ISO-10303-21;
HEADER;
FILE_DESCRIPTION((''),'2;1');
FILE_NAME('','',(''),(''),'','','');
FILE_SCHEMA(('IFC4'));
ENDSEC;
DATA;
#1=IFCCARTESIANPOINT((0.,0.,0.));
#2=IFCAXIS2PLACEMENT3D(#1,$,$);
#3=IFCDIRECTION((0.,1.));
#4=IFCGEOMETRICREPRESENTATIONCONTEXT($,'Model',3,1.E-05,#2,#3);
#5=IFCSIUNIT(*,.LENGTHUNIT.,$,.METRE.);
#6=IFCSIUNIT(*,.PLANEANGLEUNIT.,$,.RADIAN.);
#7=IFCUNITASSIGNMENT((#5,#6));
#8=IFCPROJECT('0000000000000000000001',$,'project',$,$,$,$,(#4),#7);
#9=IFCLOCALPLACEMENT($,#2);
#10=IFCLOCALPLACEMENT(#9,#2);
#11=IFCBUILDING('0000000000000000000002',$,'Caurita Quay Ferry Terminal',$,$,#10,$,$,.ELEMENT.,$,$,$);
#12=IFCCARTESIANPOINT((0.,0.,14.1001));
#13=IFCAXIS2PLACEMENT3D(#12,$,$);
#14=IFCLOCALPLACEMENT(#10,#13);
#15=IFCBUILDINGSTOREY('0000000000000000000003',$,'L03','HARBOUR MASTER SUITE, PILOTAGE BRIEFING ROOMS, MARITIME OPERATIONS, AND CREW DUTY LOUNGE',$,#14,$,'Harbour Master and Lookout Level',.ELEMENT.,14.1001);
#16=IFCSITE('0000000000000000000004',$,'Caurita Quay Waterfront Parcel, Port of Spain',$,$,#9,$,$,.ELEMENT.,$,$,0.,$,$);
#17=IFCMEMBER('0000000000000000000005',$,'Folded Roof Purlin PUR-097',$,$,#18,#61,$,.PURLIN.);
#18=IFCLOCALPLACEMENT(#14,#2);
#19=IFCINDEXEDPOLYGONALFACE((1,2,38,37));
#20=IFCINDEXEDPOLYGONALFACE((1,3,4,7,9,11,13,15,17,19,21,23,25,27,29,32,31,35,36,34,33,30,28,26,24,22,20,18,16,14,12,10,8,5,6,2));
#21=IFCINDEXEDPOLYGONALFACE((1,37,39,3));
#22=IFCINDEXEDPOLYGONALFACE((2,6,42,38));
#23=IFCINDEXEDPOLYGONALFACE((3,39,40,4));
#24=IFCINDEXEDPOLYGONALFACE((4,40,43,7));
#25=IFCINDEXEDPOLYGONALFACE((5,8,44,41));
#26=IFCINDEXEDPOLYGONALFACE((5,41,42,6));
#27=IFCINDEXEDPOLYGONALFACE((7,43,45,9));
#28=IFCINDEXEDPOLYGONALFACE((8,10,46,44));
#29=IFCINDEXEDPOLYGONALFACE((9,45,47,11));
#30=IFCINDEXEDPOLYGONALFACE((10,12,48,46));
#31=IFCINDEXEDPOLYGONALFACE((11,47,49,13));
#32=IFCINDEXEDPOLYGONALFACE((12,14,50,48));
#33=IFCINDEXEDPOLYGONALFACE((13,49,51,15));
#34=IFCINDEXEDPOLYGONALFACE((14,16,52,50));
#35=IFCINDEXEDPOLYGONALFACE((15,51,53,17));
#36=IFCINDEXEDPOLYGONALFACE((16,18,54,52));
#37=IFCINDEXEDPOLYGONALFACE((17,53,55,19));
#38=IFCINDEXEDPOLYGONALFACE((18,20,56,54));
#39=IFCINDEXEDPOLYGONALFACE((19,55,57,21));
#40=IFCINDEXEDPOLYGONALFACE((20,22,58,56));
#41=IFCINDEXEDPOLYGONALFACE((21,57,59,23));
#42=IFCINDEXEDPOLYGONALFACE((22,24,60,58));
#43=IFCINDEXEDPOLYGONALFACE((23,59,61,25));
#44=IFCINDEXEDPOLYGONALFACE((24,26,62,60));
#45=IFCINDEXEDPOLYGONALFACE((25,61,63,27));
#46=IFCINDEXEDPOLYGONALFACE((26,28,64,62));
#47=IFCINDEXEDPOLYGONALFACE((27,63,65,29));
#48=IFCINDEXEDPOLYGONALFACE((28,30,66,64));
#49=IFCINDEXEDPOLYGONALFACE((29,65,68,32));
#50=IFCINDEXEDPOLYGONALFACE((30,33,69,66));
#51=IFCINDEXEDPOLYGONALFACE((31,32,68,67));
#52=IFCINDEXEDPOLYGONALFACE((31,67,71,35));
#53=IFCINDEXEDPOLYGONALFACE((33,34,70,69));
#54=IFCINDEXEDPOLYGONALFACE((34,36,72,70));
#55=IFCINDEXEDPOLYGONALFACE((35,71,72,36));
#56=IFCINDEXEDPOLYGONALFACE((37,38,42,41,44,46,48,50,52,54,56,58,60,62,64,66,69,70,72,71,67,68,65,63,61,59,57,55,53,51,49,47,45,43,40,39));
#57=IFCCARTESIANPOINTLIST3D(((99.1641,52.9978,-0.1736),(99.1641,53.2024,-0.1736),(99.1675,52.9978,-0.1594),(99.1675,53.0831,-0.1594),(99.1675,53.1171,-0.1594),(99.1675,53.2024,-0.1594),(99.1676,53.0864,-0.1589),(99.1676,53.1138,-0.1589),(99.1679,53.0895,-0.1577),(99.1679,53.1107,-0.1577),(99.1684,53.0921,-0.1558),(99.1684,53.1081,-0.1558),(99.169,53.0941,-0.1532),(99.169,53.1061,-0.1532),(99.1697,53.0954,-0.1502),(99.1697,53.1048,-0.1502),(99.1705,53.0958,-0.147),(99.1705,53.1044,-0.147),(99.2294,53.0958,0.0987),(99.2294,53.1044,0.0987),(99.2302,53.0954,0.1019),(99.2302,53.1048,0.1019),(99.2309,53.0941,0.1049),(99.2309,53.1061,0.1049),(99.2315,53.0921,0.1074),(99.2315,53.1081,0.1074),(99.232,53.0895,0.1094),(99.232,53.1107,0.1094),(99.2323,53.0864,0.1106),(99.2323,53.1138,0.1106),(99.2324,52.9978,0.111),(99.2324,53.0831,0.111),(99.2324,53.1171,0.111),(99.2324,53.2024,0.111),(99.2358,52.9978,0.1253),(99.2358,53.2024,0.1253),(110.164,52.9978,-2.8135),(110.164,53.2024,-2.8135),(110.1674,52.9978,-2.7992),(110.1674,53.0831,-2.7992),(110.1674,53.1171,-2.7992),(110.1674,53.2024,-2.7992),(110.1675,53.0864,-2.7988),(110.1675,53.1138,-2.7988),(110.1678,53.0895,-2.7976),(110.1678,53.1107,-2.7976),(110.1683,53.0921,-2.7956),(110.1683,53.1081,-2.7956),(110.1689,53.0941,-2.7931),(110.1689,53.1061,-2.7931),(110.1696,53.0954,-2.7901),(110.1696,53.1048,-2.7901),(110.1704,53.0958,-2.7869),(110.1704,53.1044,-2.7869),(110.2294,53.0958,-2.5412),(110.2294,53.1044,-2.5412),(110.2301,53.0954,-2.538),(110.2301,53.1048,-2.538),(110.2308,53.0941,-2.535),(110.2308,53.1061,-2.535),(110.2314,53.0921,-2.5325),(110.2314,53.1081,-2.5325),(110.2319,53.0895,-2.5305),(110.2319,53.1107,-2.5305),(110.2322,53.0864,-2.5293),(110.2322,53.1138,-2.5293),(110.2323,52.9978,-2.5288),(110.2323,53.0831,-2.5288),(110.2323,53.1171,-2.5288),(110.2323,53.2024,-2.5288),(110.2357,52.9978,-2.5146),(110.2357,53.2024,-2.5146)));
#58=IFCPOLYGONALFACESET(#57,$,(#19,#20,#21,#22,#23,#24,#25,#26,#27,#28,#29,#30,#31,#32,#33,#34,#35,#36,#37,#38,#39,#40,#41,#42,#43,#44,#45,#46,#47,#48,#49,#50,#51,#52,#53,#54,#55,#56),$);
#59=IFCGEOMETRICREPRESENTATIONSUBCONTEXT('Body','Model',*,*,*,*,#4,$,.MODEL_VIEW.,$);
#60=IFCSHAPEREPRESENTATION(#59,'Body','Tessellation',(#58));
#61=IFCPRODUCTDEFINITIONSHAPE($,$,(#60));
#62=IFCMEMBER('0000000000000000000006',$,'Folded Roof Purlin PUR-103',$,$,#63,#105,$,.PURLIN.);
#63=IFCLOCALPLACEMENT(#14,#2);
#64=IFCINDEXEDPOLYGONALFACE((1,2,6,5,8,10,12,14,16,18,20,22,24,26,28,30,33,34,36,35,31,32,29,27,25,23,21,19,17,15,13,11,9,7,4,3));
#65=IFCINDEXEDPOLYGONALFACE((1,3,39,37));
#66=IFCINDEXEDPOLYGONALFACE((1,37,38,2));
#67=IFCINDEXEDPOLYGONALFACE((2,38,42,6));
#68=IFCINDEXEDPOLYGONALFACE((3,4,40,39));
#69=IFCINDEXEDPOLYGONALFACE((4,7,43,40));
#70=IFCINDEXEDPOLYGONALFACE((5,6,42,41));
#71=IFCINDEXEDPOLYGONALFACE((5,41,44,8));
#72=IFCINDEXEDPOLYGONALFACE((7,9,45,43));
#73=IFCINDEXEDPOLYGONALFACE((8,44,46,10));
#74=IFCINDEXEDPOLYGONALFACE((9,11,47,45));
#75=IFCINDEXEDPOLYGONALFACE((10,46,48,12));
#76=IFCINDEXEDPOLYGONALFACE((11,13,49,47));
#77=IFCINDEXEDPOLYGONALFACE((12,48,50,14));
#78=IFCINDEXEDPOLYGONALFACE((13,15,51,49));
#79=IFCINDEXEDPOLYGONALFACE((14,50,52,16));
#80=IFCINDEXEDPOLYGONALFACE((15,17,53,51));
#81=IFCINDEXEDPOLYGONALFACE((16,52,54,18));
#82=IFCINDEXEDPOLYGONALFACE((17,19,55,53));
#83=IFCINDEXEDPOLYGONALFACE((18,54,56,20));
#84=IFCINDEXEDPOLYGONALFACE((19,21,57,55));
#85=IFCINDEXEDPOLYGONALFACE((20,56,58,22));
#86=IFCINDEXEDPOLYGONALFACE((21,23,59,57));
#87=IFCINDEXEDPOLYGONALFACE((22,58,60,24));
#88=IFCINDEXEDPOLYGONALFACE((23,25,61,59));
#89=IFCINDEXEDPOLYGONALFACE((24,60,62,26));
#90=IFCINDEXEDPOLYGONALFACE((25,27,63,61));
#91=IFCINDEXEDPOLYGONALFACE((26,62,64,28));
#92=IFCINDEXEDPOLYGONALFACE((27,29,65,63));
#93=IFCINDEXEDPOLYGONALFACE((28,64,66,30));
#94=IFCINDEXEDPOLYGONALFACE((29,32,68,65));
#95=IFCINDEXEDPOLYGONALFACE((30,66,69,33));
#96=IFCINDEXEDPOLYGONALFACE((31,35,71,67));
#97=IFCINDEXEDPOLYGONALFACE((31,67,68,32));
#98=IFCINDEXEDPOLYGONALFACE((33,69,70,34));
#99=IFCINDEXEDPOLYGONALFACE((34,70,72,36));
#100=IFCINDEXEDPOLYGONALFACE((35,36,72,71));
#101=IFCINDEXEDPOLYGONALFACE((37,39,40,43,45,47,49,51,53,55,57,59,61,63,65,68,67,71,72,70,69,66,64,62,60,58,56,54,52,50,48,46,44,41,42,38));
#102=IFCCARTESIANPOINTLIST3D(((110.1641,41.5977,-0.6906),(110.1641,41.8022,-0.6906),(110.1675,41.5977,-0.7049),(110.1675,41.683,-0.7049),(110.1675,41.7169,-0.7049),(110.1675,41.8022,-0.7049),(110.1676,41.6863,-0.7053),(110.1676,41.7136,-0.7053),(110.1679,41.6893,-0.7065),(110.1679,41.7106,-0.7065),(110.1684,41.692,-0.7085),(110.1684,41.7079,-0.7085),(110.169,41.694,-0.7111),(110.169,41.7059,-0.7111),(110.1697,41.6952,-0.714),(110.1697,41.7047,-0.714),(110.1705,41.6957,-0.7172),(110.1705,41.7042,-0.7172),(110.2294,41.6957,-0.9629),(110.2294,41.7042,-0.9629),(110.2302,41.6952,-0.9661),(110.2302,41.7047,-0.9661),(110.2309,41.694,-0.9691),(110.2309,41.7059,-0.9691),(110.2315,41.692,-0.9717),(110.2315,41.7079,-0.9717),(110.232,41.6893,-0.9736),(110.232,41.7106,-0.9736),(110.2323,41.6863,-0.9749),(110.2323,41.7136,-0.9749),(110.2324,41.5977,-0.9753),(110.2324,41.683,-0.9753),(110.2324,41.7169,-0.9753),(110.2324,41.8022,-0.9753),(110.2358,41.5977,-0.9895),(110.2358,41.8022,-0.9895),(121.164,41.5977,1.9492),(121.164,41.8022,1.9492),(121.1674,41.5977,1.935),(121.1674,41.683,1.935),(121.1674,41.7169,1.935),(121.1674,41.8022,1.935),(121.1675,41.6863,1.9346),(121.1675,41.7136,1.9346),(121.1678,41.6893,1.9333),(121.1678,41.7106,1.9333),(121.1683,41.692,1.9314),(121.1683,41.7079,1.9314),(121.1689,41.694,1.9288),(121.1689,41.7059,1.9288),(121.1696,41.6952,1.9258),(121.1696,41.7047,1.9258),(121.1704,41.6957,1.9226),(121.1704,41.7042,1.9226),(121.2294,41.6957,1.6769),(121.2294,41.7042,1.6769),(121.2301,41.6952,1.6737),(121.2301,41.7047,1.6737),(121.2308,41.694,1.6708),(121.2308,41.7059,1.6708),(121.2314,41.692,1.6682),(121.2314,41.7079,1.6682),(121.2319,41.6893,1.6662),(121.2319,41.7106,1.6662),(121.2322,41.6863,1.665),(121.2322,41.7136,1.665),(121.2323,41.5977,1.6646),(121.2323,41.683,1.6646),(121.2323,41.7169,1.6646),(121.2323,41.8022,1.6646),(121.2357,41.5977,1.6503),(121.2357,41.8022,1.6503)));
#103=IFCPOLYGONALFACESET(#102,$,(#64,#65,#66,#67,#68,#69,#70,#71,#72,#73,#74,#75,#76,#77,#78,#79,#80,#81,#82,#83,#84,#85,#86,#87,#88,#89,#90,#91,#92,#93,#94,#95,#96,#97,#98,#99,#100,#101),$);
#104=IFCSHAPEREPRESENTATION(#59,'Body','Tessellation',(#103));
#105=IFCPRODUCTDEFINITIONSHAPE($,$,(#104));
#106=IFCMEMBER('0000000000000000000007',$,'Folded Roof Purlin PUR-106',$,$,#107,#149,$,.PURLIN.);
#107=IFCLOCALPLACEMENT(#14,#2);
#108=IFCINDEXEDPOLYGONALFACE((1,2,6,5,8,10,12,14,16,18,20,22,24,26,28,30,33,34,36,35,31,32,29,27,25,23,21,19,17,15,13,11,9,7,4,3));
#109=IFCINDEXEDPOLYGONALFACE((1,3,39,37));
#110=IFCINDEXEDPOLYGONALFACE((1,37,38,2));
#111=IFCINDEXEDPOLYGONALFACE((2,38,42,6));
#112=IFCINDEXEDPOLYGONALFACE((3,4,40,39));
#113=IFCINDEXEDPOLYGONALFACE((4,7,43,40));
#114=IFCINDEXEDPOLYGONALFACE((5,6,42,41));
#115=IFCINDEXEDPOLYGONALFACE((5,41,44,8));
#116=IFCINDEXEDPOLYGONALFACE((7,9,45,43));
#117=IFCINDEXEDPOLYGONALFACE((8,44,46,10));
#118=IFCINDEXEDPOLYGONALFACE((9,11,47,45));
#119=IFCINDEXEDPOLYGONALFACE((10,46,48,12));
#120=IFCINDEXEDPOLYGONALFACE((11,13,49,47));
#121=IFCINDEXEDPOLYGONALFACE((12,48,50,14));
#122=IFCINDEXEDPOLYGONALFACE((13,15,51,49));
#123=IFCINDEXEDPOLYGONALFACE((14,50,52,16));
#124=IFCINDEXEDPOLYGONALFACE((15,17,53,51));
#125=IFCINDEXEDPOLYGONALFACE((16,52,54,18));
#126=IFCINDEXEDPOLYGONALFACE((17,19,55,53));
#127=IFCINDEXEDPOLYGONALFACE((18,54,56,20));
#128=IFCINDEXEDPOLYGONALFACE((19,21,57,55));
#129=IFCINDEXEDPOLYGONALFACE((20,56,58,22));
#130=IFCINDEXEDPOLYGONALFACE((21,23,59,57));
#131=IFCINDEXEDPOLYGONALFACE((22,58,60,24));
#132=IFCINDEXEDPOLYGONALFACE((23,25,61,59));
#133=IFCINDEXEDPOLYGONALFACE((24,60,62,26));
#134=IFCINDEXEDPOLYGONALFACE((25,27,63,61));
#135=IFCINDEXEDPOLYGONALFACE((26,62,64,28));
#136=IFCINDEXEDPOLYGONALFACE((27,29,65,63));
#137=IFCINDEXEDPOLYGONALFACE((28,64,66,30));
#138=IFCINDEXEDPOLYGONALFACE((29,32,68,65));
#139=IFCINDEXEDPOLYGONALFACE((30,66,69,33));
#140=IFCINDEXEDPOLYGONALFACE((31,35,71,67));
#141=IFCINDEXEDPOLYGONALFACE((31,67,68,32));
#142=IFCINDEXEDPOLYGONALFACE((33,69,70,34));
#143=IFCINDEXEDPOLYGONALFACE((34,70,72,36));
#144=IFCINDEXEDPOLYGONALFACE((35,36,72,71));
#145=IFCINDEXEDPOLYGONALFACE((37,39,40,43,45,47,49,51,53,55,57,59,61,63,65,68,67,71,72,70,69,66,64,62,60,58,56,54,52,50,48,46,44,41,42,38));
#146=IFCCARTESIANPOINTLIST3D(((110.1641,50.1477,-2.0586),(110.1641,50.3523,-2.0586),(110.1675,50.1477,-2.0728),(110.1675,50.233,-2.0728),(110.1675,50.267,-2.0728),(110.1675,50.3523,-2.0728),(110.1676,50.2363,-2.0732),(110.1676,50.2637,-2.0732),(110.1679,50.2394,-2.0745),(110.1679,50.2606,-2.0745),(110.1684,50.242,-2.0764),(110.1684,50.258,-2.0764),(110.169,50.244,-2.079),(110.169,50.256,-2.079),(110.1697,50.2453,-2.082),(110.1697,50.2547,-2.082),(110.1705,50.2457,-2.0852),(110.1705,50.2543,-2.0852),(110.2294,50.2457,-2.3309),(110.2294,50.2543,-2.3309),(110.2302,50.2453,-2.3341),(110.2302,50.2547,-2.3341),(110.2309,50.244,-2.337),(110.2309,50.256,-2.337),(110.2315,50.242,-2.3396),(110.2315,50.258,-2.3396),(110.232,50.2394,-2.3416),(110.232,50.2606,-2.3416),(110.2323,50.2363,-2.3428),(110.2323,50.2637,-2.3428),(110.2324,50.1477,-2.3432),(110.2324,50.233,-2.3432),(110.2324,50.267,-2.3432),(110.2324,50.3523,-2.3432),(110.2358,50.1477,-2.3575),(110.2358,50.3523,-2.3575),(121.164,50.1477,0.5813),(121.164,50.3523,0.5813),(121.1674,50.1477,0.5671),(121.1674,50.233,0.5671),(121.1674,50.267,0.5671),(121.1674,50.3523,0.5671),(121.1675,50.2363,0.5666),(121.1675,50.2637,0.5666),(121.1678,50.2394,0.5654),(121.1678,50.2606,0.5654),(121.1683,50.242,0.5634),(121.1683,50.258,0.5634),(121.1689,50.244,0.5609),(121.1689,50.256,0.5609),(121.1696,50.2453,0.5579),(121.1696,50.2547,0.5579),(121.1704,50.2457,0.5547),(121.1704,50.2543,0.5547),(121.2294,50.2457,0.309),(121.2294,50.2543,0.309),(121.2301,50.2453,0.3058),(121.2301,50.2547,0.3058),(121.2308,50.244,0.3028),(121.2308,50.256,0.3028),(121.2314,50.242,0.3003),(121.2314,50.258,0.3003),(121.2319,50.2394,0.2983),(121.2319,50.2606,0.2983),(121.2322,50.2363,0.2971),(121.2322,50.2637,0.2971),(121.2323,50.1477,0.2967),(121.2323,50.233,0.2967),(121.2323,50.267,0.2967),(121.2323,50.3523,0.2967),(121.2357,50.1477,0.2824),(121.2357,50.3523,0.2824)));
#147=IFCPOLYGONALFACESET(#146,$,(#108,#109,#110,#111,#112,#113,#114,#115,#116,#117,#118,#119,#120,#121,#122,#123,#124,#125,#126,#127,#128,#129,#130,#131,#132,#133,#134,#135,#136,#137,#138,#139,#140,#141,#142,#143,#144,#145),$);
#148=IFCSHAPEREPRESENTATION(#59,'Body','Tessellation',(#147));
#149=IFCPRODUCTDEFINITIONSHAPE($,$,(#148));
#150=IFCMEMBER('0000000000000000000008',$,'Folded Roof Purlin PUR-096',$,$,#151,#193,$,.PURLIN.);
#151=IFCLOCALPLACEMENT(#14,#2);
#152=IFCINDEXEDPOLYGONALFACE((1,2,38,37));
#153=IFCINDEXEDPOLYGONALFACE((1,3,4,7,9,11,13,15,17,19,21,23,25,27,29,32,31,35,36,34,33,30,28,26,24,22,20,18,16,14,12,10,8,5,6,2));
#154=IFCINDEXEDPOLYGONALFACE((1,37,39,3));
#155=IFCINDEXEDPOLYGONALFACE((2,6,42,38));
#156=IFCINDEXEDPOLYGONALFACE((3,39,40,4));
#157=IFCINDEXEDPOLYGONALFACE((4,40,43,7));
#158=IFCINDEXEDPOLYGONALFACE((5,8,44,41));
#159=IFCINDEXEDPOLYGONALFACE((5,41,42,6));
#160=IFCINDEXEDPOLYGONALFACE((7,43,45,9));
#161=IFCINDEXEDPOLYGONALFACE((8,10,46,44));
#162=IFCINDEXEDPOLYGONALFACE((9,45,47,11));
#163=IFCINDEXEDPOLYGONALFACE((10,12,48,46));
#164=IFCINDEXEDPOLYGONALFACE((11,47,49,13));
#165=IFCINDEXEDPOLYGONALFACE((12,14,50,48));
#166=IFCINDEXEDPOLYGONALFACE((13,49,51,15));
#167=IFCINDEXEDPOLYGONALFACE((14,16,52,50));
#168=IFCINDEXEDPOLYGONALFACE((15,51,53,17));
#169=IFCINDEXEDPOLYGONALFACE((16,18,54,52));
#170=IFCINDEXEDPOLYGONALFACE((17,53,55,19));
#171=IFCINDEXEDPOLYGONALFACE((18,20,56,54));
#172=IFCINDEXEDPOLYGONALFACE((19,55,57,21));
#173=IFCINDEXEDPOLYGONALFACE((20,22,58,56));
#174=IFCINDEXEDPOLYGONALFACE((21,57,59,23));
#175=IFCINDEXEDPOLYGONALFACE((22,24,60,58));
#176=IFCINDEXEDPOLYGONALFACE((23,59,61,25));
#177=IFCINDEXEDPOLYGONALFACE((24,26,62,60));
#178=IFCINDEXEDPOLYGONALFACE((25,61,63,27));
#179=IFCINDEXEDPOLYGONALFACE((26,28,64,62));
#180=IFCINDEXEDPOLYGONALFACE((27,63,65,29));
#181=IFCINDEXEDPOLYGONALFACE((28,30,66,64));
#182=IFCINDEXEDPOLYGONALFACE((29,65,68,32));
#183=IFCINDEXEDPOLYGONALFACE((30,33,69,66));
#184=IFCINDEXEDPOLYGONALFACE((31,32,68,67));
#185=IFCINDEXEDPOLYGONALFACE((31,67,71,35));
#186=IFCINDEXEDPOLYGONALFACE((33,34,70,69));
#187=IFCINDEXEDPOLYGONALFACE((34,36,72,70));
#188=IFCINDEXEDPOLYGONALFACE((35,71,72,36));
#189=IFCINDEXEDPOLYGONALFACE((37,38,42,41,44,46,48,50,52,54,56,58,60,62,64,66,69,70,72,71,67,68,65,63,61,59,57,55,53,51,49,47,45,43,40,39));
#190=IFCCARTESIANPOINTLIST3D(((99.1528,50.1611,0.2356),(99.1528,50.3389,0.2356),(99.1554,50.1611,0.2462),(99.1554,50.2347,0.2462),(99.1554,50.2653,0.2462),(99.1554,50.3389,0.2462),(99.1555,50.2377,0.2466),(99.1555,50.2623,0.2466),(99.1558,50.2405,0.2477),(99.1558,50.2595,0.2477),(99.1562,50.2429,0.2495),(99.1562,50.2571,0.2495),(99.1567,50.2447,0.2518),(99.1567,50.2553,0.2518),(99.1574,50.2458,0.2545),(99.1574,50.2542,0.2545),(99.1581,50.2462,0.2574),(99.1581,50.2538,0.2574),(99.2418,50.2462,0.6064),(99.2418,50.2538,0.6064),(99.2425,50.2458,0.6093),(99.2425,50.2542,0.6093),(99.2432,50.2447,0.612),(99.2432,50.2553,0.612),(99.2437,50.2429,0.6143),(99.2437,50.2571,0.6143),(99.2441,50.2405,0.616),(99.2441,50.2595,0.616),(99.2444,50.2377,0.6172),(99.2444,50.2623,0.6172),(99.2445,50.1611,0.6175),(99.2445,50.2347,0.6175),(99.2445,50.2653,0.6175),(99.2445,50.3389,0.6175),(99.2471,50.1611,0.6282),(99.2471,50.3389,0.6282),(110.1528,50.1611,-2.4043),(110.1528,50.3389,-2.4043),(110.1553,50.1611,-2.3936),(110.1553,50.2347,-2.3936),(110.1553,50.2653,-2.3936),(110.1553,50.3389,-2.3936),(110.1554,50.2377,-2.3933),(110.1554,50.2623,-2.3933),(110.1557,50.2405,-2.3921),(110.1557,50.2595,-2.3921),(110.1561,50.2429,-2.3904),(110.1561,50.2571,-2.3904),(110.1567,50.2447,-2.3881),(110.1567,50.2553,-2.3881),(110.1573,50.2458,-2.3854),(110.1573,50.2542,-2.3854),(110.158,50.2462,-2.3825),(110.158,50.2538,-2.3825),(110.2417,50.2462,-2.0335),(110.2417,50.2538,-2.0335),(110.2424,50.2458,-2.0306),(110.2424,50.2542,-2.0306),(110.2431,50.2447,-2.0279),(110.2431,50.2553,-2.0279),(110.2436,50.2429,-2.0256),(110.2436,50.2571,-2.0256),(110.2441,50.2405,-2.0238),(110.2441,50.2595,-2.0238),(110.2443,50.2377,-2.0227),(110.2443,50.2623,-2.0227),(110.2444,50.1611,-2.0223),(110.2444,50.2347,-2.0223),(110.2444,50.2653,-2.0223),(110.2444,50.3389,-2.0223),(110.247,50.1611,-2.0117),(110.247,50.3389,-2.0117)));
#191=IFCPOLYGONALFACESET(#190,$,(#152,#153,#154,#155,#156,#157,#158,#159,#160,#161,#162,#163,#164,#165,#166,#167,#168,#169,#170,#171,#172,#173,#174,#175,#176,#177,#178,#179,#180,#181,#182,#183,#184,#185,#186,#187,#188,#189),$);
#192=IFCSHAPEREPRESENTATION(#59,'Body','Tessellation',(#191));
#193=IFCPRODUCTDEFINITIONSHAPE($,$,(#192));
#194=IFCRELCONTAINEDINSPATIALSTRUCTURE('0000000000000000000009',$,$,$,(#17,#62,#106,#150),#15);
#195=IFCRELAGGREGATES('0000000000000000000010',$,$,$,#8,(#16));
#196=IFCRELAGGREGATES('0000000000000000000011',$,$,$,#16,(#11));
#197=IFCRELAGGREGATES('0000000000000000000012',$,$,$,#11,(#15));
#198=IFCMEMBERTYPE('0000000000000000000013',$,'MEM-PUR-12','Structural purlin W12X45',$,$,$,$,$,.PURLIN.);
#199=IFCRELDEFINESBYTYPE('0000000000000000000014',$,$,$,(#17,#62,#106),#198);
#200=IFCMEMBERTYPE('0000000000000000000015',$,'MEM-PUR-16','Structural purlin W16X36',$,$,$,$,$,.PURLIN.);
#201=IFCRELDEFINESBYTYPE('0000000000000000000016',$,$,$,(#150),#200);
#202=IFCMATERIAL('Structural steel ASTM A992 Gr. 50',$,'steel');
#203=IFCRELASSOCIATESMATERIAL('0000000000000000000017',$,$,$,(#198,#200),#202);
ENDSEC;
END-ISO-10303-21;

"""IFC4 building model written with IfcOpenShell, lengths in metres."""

from ifc_helpers import new_model, si_unit, direction, frame, origin, origin_2d, place, context, subcontext, project, spatial, i_section, extrude, material, material_profile, profile_set, type_object, element, save


model = new_model("IFC4")

# Units and contexts
model_context = context("Model", 3, precision=1e-05, world=origin(), true_north=direction((0.0, 1.0)))
body_context = subcontext(model_context, "Body", "Model", "MODEL_VIEW")
ifc_project = project(units=[si_unit("LENGTHUNIT", "METRE"), si_unit("PLANEANGLEUNIT", "RADIAN")], contexts=[model_context])

# Site, building, storey
site_placement = place(None, origin())
site = spatial("IfcSite", under=ifc_project, at=site_placement, Name="Caurita Quay Waterfront Parcel, Port of Spain", CompositionType="ELEMENT", RefElevation=0.0)
building_placement = place(site_placement, origin())
building = spatial("IfcBuilding", under=site, at=building_placement, Name="Caurita Quay Ferry Terminal", CompositionType="ELEMENT")
storey_placement = place(building_placement, frame((0.0, 0.0, 14.1001)))
storey = spatial("IfcBuildingStorey", under=building, at=storey_placement, Name="L03", Description="HARBOUR MASTER SUITE, PILOTAGE BRIEFING ROOMS, MARITIME OPERATIONS, AND CREW DUTY LOUNGE", LongName="Harbour Master and Lookout Level", CompositionType="ELEMENT", Elevation=14.1001)

# Shared definitions
ifc_material_1 = material(Name="Structural steel ASTM A992 Gr. 50", Category="steel")

# Members
ifc_material_profile_1 = material_profile(ifc_material_1, i_section(OverallWidth=0.2046, OverallDepth=0.3074, WebThickness=0.0085, FlangeThickness=0.0146, FilletRadius=0.0127, at=origin_2d()), Name="W12X45")
ifc_profile_set_1 = profile_set([ifc_material_profile_1], Name="Structural steel ASTM A992 Gr. 50")
member_type_1 = type_object("IfcMemberType", Name="MEM-PUR-12", Description="Structural purlin W12X45", PredefinedType="PURLIN", material=ifc_profile_set_1)
for number, where, z_axis, x_axis, name in (
    (1, (99.2, 53.1001, -0.0242), (0.972389, 0.0, -0.233364), (0.0, 1.0, 0.0), "Folded Roof Purlin PUR-097"),
    (2, (110.2, 41.7, -0.8401), (0.972389, 0.0, 0.233364), (0.0, 1.0, 0.0), "Folded Roof Purlin PUR-103"),
    (3, (110.2, 50.25, -2.208), (0.972389, 0.0, 0.233364), (0.0, 1.0, 0.0), "Folded Roof Purlin PUR-106"),
):
    element("IfcMember", number, at=place(storey_placement, frame(where, z_axis=z_axis, x_axis=x_axis)), inside=storey, type_object=member_type_1, Name=name, PredefinedType="PURLIN", context=body_context, shape_type="SweptSolid", body=[
        extrude(i_section(OverallWidth=0.2046, OverallDepth=0.3074, WebThickness=0.0085, FlangeThickness=0.0146, FilletRadius=0.0127, at=origin_2d()), origin(), (0.0, 0.0, 1.0), 11.3123),
    ])
ifc_material_profile_2 = material_profile(ifc_material_1, i_section(OverallWidth=0.1777, OverallDepth=0.4038, WebThickness=0.0076, FlangeThickness=0.011, FilletRadius=0.0115, at=origin_2d()), Name="W16X36")
ifc_profile_set_2 = profile_set([ifc_material_profile_2], Name="Structural steel ASTM A992 Gr. 50")
member_type_2 = type_object("IfcMemberType", Name="MEM-PUR-16", Description="Structural purlin W16X36", PredefinedType="PURLIN", material=ifc_profile_set_2)
for number, where, z_axis, x_axis, name in (
    (4, (99.2, 50.25, 0.4319), (0.972389, 0.0, -0.233364), (0.0, 1.0, 0.0), "Folded Roof Purlin PUR-096"),
):
    element("IfcMember", number, at=place(storey_placement, frame(where, z_axis=z_axis, x_axis=x_axis)), inside=storey, type_object=member_type_2, Name=name, PredefinedType="PURLIN", context=body_context, shape_type="SweptSolid", body=[
        extrude(i_section(OverallWidth=0.1777, OverallDepth=0.4038, WebThickness=0.0076, FlangeThickness=0.011, FilletRadius=0.0115, at=origin_2d()), origin(), (0.0, 0.0, 1.0), 11.3123),
    ])

save(model, "model.ifc")
